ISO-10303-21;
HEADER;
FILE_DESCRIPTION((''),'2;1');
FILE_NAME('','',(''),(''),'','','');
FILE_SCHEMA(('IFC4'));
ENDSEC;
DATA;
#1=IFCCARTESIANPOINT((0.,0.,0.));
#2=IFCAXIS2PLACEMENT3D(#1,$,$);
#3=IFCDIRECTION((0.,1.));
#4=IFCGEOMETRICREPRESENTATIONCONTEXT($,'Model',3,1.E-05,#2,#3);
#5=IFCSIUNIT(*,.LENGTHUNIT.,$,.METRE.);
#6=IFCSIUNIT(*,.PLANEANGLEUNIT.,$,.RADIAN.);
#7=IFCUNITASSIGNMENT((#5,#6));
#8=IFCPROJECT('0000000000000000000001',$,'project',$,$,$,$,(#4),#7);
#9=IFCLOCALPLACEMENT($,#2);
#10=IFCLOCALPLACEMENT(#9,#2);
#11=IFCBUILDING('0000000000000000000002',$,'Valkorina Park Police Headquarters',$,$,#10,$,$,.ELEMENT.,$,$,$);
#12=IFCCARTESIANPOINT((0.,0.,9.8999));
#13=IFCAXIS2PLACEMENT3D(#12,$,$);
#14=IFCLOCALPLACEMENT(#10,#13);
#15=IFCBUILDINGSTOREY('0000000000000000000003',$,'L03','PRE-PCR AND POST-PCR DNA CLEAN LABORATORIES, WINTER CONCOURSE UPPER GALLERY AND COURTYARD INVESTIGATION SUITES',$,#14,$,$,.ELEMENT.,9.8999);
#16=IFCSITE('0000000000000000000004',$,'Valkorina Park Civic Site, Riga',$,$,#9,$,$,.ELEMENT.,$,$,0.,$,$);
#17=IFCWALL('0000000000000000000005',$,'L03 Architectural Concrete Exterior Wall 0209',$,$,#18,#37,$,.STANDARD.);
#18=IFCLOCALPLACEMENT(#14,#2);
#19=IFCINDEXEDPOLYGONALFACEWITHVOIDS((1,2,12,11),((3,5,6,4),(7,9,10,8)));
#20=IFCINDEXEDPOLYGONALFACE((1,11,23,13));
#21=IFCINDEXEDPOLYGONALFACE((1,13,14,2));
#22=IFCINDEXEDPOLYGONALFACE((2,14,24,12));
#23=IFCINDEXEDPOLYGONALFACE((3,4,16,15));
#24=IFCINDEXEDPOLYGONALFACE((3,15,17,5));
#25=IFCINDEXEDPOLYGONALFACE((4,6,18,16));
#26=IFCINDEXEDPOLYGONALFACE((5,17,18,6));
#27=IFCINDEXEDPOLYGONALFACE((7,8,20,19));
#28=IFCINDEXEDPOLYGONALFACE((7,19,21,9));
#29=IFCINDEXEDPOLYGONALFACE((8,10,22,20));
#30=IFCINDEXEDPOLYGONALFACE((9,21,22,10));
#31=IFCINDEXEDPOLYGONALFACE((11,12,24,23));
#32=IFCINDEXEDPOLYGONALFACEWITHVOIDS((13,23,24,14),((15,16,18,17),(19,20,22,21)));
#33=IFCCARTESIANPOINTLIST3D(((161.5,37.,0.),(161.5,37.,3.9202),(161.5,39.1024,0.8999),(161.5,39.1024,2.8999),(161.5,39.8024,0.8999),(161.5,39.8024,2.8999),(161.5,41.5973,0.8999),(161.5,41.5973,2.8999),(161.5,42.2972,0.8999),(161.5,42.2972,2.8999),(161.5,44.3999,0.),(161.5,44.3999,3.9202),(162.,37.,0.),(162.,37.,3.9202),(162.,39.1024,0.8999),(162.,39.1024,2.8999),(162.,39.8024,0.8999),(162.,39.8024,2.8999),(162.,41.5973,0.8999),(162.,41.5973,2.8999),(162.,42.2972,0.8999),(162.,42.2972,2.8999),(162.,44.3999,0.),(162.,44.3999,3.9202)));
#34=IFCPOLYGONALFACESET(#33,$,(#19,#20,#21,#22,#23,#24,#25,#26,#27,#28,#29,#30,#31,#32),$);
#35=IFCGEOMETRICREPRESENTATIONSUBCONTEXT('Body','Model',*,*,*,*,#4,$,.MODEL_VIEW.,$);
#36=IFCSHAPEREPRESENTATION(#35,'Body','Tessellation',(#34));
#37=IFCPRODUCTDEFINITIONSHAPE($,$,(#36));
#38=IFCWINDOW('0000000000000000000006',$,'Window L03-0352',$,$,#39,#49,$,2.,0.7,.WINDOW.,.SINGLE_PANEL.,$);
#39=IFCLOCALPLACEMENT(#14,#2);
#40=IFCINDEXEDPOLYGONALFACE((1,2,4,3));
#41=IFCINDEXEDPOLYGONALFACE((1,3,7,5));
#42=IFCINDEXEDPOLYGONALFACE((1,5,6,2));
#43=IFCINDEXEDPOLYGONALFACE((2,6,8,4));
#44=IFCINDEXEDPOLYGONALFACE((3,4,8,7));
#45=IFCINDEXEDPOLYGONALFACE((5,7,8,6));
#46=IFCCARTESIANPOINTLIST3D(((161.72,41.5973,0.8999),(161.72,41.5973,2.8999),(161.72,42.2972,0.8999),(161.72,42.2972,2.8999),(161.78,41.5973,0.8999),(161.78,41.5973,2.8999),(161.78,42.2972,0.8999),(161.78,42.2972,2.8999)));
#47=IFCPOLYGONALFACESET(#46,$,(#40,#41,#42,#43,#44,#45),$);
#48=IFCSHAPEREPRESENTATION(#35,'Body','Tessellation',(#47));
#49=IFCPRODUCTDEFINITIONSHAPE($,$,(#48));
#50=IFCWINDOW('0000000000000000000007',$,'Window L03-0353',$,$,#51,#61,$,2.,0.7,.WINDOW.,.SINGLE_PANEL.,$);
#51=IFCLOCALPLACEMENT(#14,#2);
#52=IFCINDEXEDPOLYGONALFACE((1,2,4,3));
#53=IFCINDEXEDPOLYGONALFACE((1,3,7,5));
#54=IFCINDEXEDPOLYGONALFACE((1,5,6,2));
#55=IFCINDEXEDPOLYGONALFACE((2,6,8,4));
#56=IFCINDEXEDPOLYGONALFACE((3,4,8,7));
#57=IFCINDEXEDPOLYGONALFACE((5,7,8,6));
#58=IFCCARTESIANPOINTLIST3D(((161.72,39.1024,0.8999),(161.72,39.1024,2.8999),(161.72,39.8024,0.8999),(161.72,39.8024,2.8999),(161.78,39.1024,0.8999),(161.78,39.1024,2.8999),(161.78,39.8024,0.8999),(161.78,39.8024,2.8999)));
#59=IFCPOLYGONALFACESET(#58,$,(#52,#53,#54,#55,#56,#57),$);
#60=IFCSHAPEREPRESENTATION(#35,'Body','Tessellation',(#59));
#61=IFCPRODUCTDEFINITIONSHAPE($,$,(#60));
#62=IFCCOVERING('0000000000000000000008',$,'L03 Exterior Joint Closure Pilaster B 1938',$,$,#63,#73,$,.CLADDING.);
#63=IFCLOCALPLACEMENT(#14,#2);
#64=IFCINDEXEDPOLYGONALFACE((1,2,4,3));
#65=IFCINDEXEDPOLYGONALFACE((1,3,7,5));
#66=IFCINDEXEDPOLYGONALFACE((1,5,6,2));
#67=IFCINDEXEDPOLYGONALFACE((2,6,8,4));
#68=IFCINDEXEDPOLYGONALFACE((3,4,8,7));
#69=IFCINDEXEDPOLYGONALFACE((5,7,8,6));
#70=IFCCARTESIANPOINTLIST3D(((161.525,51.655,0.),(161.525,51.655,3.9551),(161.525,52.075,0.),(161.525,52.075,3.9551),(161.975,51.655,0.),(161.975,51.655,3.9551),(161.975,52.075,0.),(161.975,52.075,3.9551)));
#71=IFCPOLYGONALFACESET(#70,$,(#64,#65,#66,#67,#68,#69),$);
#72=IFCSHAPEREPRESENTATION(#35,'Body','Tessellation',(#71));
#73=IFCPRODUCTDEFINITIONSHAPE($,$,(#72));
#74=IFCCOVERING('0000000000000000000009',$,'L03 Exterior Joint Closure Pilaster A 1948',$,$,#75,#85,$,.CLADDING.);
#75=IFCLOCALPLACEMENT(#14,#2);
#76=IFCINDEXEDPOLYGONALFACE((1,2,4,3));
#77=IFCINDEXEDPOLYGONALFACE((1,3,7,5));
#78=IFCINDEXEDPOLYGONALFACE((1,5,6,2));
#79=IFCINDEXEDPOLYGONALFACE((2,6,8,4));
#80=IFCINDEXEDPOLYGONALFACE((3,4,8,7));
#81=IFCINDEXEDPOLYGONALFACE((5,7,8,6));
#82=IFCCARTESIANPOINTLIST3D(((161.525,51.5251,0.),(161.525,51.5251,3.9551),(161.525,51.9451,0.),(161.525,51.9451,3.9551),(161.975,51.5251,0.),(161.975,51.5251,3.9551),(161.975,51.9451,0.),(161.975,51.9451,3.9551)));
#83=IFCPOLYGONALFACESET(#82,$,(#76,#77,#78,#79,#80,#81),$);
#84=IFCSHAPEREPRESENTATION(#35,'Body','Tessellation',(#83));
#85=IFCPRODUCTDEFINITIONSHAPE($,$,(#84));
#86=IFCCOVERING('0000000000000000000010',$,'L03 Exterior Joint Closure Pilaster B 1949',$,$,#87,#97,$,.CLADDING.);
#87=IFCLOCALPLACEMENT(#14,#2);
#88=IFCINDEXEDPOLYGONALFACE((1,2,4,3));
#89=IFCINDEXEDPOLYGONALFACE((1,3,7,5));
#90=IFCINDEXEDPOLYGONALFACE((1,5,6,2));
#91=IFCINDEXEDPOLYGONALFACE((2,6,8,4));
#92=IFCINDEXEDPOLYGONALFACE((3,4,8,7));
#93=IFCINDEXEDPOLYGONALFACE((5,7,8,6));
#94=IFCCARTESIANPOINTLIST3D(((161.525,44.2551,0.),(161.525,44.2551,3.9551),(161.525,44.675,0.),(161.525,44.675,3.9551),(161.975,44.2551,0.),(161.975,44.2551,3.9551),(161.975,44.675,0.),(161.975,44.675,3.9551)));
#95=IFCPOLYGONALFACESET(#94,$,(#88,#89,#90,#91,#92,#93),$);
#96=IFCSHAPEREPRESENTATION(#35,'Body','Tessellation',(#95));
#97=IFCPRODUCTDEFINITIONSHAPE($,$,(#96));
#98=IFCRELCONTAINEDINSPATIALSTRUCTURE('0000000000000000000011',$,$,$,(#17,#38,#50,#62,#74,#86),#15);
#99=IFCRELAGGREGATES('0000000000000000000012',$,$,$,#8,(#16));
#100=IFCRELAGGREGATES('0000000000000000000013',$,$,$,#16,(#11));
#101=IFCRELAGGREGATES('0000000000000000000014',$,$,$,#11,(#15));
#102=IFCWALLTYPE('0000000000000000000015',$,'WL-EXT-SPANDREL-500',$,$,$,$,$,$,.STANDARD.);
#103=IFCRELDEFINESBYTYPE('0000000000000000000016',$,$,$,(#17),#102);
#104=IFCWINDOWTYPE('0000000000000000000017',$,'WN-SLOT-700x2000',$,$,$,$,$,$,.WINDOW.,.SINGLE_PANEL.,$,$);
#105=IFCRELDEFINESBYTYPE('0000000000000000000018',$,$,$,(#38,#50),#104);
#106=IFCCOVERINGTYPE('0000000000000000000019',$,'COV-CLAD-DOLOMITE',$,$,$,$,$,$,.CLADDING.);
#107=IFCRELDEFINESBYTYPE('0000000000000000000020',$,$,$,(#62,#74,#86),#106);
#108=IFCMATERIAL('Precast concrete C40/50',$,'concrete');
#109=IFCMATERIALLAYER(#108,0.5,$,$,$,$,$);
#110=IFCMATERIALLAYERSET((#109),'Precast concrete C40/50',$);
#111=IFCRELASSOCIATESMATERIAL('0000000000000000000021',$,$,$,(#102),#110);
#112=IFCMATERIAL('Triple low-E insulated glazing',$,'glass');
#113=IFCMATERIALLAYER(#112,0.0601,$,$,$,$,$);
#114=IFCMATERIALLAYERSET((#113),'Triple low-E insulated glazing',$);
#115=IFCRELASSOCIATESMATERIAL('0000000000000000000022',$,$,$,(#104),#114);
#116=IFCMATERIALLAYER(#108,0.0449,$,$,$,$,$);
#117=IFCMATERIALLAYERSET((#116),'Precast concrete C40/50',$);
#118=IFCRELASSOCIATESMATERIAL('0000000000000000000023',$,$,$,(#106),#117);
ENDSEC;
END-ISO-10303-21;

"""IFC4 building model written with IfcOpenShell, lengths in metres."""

from ifc_helpers import new_model, si_unit, direction, frame, frame_2d, origin, origin_2d, place, context, subcontext, project, spatial, rectangle, extrude, material, layer, layer_set, type_object, element, fill, save


model = new_model("IFC4")

# Units and contexts
model_context = context("Model", 3, precision=1e-05, world=origin(), true_north=direction((0.0, 1.0)))
body_context = subcontext(model_context, "Body", "Model", "MODEL_VIEW")
ifc_project = project(units=[si_unit("LENGTHUNIT", "METRE"), si_unit("PLANEANGLEUNIT", "RADIAN")], contexts=[model_context])

# Site, building, storey
site_placement = place(None, origin())
site = spatial("IfcSite", under=ifc_project, at=site_placement, Name="Valkorina Park Civic Site, Riga", CompositionType="ELEMENT", RefElevation=0.0)
building_placement = place(site_placement, origin())
building = spatial("IfcBuilding", under=site, at=building_placement, Name="Valkorina Park Police Headquarters", CompositionType="ELEMENT")
storey_placement = place(building_placement, frame((0.0, 0.0, 9.8999)))
storey = spatial("IfcBuildingStorey", under=building, at=storey_placement, Name="L03", Description="PRE-PCR AND POST-PCR DNA CLEAN LABORATORIES, WINTER CONCOURSE UPPER GALLERY AND COURTYARD INVESTIGATION SUITES", CompositionType="ELEMENT", Elevation=9.8999)

# Wall, openings, windows
ifc_material_1 = material(Name="Precast concrete C40/50", Category="concrete")
ifc_layer_1 = layer(ifc_material_1, 0.5)
ifc_layer_set_1 = layer_set([ifc_layer_1], Name="Precast concrete C40/50")
wall_type = type_object("IfcWallType", Name="WL-EXT-SPANDREL-500", PredefinedType="STANDARD", material=ifc_layer_set_1)
ifc_material_2 = material(Name="Triple low-E insulated glazing", Category="glass")
wall_1_placement = place(storey_placement, frame((161.75, 44.3999, 0.0), z_axis=(0.0, 0.0, 1.0), x_axis=(0.0, -1.0, 0.0)))
wall_1 = element("IfcWall", 1, at=wall_1_placement, inside=storey, type_object=wall_type, Name="L03 Architectural Concrete Exterior Wall 0209", PredefinedType="STANDARD", context=body_context, shape_type="SweptSolid", body=[
    extrude(rectangle(XDim=7.3999, YDim=0.5, at=frame_2d((3.7, 0.0))), origin(), (0.0, 0.0, 1.0), 3.9202),
])
opening_1_placement = place(wall_1_placement, frame((2.1025, 0.0, 0.8999)))
opening_1 = element("IfcOpeningElement", 2, at=opening_1_placement, cuts=wall_1, PredefinedType="OPENING", context=body_context, shape_type="SweptSolid", body=[
    extrude(rectangle(XDim=0.7, YDim=2.0, at=frame_2d((0.3501, 1.0))), frame((0.0, 0.26, 0.0), z_axis=(0.0, -1.0, 0.0), x_axis=(1.0, 0.0, 0.0)), (0.0, 0.0, 1.0), 0.52),
])
opening_2_placement = place(wall_1_placement, frame((4.5974, 0.0, 0.8999)))
opening_2 = element("IfcOpeningElement", 3, at=opening_2_placement, cuts=wall_1, PredefinedType="OPENING", context=body_context, shape_type="SweptSolid", body=[
    extrude(rectangle(XDim=0.7, YDim=2.0, at=frame_2d((0.3501, 1.0))), frame((0.0, 0.26, 0.0), z_axis=(0.0, -1.0, 0.0), x_axis=(1.0, 0.0, 0.0)), (0.0, 0.0, 1.0), 0.52),
])
ifc_layer_2 = layer(ifc_material_2, 0.0601)
ifc_layer_set_2 = layer_set([ifc_layer_2], Name="Triple low-E insulated glazing")
window_type_1 = type_object("IfcWindowType", Name="WN-SLOT-700x2000", PartitioningType="SINGLE_PANEL", PredefinedType="WINDOW", material=ifc_layer_set_2)
window_1_placement = place(opening_1_placement, origin())
window_1 = element("IfcWindow", 4, at=window_1_placement, inside=storey, type_object=window_type_1, Name="Window L03-0352", OverallHeight=2.0, OverallWidth=0.7, PartitioningType="SINGLE_PANEL", PredefinedType="WINDOW", context=body_context, shape_type="SweptSolid", body=[
    extrude(rectangle(XDim=0.7, YDim=2.0, at=frame_2d((0.3501, 1.0))), frame((0.0, 0.03, 0.0), z_axis=(0.0, -1.0, 0.0), x_axis=(1.0, 0.0, 0.0)), (0.0, 0.0, 1.0), 0.0601),
])
fill(opening_1, window_1)
window_2_placement = place(opening_2_placement, origin())
window_2 = element("IfcWindow", 5, at=window_2_placement, inside=storey, type_object=window_type_1, Name="Window L03-0353", OverallHeight=2.0, OverallWidth=0.7, PartitioningType="SINGLE_PANEL", PredefinedType="WINDOW", context=body_context, shape_type="SweptSolid", body=[
    extrude(rectangle(XDim=0.7, YDim=2.0, at=frame_2d((0.3501, 1.0))), frame((0.0, 0.03, 0.0), z_axis=(0.0, -1.0, 0.0), x_axis=(1.0, 0.0, 0.0)), (0.0, 0.0, 1.0), 0.0601),
])
fill(opening_2, window_2)

# Coverings
ifc_layer_3 = layer(ifc_material_1, 0.0449)
ifc_layer_set_3 = layer_set([ifc_layer_3], Name="Precast concrete C40/50")
covering_type = type_object("IfcCoveringType", Name="COV-CLAD-DOLOMITE", PredefinedType="CLADDING", material=ifc_layer_set_3)
for number, where, z_axis, x_axis, name in (
    (6, (161.75, 51.865, 0.0), (0.0, 0.0, 1.0), (0.0, 1.0, 0.0), "L03 Exterior Joint Closure Pilaster B 1938"),
    (7, (161.75, 51.7351, 0.0), (0.0, 0.0, 1.0), (0.0, 1.0, 0.0), "L03 Exterior Joint Closure Pilaster A 1948"),
    (8, (161.75, 44.4651, 0.0), (0.0, 0.0, 1.0), (0.0, 1.0, 0.0), "L03 Exterior Joint Closure Pilaster B 1949"),
):
    element("IfcCovering", number, at=place(storey_placement, frame(where, z_axis=z_axis, x_axis=x_axis)), inside=storey, type_object=covering_type, Name=name, PredefinedType="CLADDING", context=body_context, shape_type="SweptSolid", body=[
        extrude(rectangle(XDim=0.4199, YDim=0.45, at=origin_2d()), origin(), (0.0, 0.0, 1.0), 3.9551),
    ])

save(model, "model.ifc")
